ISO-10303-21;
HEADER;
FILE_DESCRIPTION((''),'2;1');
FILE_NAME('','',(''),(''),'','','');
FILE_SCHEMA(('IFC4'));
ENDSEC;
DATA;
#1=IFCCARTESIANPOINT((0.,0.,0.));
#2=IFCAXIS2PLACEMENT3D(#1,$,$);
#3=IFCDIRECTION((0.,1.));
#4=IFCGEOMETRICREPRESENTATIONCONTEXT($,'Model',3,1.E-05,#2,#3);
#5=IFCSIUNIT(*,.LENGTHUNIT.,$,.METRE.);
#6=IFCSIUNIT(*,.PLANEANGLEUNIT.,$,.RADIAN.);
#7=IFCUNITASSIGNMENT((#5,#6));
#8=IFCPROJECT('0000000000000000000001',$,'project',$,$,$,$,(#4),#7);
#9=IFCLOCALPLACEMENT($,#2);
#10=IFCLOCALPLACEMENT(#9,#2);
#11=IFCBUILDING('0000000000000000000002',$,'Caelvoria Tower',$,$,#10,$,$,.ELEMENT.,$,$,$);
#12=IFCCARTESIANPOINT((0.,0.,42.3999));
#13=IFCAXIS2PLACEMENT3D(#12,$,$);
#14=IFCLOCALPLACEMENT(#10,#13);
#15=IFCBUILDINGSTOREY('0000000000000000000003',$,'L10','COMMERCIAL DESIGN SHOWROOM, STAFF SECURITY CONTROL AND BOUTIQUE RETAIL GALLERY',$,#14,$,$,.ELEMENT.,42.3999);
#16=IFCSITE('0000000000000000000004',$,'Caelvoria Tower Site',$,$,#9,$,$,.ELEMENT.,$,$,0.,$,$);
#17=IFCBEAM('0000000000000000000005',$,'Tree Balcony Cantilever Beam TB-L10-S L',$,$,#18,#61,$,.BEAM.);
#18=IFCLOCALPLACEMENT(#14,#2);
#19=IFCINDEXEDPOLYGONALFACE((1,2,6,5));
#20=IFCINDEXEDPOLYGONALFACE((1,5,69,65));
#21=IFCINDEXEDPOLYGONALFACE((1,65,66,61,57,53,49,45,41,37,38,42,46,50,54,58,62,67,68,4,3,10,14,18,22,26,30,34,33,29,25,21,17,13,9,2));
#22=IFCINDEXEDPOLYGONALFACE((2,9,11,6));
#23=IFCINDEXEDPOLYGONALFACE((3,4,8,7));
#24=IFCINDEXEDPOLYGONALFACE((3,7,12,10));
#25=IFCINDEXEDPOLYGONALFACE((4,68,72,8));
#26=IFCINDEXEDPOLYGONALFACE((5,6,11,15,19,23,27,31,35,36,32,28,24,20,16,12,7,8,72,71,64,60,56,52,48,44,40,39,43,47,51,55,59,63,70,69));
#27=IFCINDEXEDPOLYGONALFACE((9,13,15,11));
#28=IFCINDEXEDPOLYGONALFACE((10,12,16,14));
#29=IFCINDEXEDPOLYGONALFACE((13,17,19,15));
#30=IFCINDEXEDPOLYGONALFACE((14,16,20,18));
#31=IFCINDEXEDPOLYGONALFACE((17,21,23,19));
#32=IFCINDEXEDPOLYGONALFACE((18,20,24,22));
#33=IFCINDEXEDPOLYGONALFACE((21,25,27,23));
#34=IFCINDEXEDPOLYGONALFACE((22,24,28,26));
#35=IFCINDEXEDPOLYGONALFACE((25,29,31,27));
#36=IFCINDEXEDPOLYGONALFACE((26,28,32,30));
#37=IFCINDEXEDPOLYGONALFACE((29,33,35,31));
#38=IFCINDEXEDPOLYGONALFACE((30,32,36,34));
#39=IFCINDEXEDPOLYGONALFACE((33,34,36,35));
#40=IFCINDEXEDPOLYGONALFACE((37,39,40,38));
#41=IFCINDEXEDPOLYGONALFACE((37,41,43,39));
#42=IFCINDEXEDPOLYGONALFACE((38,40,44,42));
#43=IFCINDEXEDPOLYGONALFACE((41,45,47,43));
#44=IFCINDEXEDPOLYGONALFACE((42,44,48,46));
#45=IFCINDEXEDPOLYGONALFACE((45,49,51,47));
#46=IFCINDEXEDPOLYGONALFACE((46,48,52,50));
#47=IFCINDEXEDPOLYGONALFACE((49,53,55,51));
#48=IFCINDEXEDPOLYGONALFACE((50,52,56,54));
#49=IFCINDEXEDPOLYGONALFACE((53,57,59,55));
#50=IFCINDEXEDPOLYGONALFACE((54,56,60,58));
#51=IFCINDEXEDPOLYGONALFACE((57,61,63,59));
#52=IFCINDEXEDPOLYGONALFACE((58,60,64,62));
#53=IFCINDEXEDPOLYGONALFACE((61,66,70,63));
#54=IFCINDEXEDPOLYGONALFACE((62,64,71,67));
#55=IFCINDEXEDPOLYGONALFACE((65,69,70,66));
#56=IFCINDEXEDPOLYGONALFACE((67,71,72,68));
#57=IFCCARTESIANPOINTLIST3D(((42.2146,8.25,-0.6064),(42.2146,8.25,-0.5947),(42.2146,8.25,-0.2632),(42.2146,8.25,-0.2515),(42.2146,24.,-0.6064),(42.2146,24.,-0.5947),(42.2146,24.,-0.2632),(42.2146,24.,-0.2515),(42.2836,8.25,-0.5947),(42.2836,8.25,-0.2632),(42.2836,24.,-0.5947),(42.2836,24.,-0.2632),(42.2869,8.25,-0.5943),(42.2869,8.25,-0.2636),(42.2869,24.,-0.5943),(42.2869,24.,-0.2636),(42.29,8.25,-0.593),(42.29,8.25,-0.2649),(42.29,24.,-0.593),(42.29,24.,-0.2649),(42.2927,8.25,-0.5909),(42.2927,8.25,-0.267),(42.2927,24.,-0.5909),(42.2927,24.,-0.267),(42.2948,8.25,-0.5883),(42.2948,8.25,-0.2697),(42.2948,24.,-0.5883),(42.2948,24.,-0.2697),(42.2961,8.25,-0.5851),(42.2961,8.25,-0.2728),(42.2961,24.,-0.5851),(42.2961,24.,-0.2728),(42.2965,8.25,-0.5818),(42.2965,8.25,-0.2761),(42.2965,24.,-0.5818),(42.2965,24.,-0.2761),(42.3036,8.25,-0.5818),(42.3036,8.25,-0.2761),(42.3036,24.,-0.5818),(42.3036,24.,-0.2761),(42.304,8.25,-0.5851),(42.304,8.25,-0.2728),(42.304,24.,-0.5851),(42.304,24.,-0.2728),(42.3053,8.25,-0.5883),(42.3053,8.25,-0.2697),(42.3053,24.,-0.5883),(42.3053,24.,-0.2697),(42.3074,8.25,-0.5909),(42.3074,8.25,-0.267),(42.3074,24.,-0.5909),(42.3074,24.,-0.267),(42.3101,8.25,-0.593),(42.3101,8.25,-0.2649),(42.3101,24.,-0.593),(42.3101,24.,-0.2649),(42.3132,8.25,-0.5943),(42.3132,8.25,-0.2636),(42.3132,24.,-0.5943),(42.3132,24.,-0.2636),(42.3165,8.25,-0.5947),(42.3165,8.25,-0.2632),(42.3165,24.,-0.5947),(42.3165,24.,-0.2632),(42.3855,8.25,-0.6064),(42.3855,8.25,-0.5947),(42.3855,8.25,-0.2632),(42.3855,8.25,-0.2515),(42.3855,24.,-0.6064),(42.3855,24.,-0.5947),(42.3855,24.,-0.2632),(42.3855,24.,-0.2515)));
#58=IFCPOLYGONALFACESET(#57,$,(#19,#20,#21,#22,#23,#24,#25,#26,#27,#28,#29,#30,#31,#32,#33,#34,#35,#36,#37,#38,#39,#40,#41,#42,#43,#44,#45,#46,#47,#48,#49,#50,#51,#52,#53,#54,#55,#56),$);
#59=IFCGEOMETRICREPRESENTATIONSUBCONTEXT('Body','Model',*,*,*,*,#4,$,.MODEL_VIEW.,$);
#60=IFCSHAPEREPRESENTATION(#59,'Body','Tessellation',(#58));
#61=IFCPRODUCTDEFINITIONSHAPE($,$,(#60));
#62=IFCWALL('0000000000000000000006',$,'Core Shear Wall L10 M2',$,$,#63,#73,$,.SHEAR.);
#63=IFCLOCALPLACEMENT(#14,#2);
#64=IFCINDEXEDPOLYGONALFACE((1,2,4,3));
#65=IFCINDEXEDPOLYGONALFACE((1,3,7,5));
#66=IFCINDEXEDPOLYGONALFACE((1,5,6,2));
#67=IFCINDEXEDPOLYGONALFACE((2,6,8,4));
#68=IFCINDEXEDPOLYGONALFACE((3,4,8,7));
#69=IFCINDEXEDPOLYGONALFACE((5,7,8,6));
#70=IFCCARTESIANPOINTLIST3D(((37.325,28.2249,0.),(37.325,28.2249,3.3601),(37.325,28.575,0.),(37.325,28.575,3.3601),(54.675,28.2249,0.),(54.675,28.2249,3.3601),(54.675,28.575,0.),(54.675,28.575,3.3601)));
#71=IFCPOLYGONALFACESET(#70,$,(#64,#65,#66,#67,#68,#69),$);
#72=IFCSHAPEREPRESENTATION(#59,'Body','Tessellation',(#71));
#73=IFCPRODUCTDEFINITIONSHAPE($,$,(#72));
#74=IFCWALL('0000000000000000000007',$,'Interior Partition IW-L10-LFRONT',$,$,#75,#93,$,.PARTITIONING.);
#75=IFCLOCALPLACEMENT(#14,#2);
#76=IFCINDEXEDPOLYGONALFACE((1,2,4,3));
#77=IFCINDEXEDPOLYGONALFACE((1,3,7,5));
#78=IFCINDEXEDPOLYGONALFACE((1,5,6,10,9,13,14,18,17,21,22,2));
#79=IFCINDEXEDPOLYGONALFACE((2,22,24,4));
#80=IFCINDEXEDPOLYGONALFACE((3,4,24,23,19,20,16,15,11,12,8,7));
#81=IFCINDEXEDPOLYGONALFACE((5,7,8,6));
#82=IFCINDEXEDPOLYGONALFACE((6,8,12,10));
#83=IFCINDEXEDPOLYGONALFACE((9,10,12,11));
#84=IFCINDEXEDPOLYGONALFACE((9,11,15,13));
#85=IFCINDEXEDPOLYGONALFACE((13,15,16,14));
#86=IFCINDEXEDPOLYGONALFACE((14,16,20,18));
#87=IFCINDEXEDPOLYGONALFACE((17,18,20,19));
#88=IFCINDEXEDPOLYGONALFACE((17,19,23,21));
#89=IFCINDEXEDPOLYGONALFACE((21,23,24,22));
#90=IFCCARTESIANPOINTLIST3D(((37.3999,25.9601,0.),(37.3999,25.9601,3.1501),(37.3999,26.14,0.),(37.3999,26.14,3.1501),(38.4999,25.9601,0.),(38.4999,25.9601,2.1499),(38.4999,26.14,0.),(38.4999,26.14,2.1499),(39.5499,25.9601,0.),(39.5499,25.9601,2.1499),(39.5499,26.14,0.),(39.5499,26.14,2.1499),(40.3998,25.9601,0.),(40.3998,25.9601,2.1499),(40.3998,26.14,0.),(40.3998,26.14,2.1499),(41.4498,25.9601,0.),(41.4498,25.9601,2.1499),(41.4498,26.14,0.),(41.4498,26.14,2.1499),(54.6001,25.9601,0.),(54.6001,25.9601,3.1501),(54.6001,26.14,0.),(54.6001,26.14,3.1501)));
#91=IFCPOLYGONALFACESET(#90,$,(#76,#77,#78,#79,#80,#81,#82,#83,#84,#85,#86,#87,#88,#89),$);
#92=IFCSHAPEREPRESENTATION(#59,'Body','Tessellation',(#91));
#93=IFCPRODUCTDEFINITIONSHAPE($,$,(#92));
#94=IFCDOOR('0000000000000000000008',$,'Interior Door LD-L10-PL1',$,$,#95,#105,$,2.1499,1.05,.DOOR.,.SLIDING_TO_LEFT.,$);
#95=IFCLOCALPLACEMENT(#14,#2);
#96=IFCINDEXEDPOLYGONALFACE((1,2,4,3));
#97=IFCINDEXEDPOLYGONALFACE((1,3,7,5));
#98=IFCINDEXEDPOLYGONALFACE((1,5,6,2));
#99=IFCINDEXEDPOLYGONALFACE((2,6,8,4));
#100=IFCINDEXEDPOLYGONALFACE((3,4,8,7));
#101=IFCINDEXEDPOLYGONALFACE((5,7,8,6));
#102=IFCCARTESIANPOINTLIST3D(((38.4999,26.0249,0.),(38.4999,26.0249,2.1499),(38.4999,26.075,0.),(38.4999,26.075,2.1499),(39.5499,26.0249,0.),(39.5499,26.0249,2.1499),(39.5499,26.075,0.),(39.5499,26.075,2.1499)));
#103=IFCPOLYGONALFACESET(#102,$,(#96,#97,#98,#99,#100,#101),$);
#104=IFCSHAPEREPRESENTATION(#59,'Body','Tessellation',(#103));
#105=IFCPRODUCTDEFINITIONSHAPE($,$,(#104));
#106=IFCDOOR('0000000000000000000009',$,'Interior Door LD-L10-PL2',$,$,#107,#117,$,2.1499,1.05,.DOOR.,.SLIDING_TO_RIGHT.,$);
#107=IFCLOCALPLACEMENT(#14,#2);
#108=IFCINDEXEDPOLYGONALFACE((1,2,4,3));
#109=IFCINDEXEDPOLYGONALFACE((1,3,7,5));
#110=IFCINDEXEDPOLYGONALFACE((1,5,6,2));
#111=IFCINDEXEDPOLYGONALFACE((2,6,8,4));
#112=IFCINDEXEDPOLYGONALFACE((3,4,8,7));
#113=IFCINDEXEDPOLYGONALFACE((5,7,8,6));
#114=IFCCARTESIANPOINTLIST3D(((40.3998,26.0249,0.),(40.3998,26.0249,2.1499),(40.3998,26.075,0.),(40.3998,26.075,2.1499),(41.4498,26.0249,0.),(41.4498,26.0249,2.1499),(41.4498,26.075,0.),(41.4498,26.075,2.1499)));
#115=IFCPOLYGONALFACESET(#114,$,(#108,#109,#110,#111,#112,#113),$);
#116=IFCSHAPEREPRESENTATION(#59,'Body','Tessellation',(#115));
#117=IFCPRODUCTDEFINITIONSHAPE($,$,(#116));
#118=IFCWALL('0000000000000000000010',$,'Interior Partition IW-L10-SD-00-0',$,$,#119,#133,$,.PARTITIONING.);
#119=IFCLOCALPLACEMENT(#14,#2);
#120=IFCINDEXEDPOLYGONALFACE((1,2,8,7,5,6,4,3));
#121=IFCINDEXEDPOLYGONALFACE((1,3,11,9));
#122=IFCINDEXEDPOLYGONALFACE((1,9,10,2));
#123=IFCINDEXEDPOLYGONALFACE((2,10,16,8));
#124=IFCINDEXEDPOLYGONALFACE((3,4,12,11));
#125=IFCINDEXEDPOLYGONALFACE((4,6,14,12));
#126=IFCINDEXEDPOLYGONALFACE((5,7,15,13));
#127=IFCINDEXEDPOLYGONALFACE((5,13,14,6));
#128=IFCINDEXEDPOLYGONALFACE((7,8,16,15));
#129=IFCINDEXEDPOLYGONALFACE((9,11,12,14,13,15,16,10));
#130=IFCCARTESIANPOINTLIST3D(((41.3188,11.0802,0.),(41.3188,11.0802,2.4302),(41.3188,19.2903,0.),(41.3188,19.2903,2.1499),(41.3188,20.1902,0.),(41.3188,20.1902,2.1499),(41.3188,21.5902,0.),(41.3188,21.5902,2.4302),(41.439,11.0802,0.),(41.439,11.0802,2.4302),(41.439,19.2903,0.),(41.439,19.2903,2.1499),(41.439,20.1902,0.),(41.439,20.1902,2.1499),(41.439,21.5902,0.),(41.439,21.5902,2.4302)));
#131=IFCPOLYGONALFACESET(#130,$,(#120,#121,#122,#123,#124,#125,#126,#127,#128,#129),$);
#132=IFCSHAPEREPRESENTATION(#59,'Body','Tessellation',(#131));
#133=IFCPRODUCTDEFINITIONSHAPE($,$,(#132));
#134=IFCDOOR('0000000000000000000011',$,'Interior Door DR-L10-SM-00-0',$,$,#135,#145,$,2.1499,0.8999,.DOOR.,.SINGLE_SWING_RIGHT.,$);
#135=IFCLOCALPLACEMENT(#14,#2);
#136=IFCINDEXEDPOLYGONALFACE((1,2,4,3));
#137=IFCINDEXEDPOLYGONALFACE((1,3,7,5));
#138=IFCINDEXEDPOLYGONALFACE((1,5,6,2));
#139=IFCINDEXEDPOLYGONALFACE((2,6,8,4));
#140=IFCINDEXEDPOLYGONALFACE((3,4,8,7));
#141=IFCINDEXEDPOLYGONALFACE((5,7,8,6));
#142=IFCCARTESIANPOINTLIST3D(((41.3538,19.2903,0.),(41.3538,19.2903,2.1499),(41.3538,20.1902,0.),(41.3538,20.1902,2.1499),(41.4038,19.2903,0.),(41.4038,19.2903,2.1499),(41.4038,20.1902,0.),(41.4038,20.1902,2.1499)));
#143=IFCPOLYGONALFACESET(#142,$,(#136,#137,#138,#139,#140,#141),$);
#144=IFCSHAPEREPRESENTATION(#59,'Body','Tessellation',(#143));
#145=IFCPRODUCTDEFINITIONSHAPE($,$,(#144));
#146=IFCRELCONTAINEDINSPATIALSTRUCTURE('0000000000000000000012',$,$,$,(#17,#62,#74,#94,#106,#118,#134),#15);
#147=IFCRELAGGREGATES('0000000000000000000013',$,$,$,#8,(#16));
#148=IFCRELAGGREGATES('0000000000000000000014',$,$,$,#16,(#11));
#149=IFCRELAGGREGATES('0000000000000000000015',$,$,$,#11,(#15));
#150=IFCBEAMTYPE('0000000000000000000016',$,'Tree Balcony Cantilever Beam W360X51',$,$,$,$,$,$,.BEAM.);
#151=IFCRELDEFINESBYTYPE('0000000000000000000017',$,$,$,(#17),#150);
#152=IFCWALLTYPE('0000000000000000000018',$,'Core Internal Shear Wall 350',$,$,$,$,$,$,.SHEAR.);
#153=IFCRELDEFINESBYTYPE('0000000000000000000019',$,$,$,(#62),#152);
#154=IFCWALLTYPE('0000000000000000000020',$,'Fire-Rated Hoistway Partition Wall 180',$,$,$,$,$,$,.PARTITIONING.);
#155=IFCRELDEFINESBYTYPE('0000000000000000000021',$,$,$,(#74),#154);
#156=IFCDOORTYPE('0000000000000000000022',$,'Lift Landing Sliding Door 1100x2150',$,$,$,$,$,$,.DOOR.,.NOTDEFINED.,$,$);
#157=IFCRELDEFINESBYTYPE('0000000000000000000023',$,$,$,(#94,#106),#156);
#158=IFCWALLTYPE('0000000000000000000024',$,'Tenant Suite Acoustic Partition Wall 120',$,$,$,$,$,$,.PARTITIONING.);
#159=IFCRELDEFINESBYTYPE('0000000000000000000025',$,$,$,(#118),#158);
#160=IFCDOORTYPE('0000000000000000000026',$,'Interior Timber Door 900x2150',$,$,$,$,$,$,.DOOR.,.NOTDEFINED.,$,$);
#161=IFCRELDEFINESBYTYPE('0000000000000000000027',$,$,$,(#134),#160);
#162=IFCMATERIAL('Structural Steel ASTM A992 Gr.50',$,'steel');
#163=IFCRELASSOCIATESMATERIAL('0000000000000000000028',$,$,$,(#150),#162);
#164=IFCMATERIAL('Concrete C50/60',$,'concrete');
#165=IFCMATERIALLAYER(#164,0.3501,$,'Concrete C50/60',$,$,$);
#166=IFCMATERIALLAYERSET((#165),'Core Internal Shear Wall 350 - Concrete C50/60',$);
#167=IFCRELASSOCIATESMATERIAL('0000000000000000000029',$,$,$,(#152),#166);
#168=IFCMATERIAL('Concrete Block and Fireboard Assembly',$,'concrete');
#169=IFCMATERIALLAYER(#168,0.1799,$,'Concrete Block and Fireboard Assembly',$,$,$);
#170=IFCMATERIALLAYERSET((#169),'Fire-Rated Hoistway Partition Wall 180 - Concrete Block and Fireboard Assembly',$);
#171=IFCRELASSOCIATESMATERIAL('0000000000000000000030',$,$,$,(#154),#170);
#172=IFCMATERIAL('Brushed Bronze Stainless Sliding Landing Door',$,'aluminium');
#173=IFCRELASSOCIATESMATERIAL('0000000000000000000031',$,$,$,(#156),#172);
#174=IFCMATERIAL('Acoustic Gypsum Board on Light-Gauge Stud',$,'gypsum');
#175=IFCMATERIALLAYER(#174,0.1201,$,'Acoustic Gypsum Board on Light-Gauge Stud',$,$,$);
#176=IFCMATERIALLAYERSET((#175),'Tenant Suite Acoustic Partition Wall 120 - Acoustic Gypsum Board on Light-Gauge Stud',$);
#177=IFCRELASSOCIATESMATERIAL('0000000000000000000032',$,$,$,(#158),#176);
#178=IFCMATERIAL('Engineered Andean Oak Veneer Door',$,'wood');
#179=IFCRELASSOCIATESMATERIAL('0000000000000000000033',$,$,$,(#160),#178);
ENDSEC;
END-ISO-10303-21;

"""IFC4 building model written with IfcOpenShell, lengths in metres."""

from ifc_helpers import new_model, si_unit, direction, frame, frame_2d, origin, origin_2d, place, context, subcontext, project, spatial, rectangle, i_section, extrude, material, layer, layer_set, material_profile, profile_set, type_object, element, fill, save


model = new_model("IFC4")

# Units and contexts
model_context = context("Model", 3, precision=1e-05, world=origin(), true_north=direction((0.0, 1.0)))
body_context = subcontext(model_context, "Body", "Model", "MODEL_VIEW")
ifc_project = project(units=[si_unit("LENGTHUNIT", "METRE"), si_unit("PLANEANGLEUNIT", "RADIAN")], contexts=[model_context])

# Site, building, storey
site_placement = place(None, origin())
site = spatial("IfcSite", under=ifc_project, at=site_placement, Name="Caelvoria Tower Site", CompositionType="ELEMENT", RefElevation=0.0)
building_placement = place(site_placement, origin())
building = spatial("IfcBuilding", under=site, at=building_placement, Name="Caelvoria Tower", CompositionType="ELEMENT")
storey_placement = place(building_placement, frame((0.0, 0.0, 42.3999)))
storey = spatial("IfcBuildingStorey", under=building, at=storey_placement, Name="L10", Description="COMMERCIAL DESIGN SHOWROOM, STAFF SECURITY CONTROL AND BOUTIQUE RETAIL GALLERY", CompositionType="ELEMENT", Elevation=42.3999)

# Beam
ifc_material_1 = material(Name="Structural Steel ASTM A992 Gr.50", Category="steel")
ifc_material_profile_1 = material_profile(ifc_material_1, i_section(OverallWidth=0.1709, OverallDepth=0.355, WebThickness=0.0071, FlangeThickness=0.0117, FilletRadius=0.0129, at=origin_2d()), Name="Structural Steel ASTM A992 Gr.50")
ifc_profile_set_1 = profile_set([ifc_material_profile_1], Name="W360X51 - Structural Steel ASTM A992 Gr.50")
beam_type_1 = type_object("IfcBeamType", Name="Tree Balcony Cantilever Beam W360X51", PredefinedType="BEAM", material=ifc_profile_set_1)
beam_1_placement = place(storey_placement, frame((42.3, 24.0, -0.429), z_axis=(0.0, -1.0, 0.0), x_axis=(1.0, 0.0, 0.0)))
element("IfcBeam", 1, at=beam_1_placement, inside=storey, type_object=beam_type_1, Name="Tree Balcony Cantilever Beam TB-L10-S L", PredefinedType="BEAM", context=body_context, shape_type="SweptSolid", body=[
    extrude(i_section(OverallWidth=0.1709, OverallDepth=0.355, WebThickness=0.0071, FlangeThickness=0.0117, FilletRadius=0.0129, at=origin_2d()), origin(), (0.0, 0.0, 1.0), 15.75),
])

# Wall
ifc_material_2 = material(Name="Concrete C50/60", Category="concrete")
ifc_layer_1 = layer(ifc_material_2, 0.3501, Name="Concrete C50/60")
ifc_layer_set_1 = layer_set([ifc_layer_1], Name="Core Internal Shear Wall 350 - Concrete C50/60")
wall_type_1 = type_object("IfcWallType", Name="Core Internal Shear Wall 350", PredefinedType="SHEAR", material=ifc_layer_set_1)
wall_1_placement = place(storey_placement, frame((37.325, 28.3999, 0.0), z_axis=(0.0, 0.0, 1.0), x_axis=(1.0, 0.0, 0.0)))
element("IfcWall", 2, at=wall_1_placement, inside=storey, type_object=wall_type_1, Name="Core Shear Wall L10 M2", PredefinedType="SHEAR", context=body_context, shape_type="SweptSolid", body=[
    extrude(rectangle(XDim=17.3501, YDim=0.3501, at=frame_2d((8.675, 0.0))), origin(), (0.0, 0.0, 1.0), 3.3601),
])

# Wall, openings, doors
ifc_material_3 = material(Name="Concrete Block and Fireboard Assembly", Category="concrete")
ifc_layer_2 = layer(ifc_material_3, 0.1799, Name="Concrete Block and Fireboard Assembly")
ifc_layer_set_2 = layer_set([ifc_layer_2], Name="Fire-Rated Hoistway Partition Wall 180 - Concrete Block and Fireboard Assembly")
wall_type_2 = type_object("IfcWallType", Name="Fire-Rated Hoistway Partition Wall 180", PredefinedType="PARTITIONING", material=ifc_layer_set_2)
wall_2_placement = place(storey_placement, frame((37.3999, 26.05, 0.0), z_axis=(0.0, 0.0, 1.0), x_axis=(1.0, 0.0, 0.0)))
wall_2 = element("IfcWall", 3, at=wall_2_placement, inside=storey, type_object=wall_type_2, Name="Interior Partition IW-L10-LFRONT", PredefinedType="PARTITIONING", context=body_context, shape_type="SweptSolid", body=[
    extrude(rectangle(XDim=17.2002, YDim=0.1799, at=frame_2d((8.6001, 0.0))), origin(), (0.0, 0.0, 1.0), 3.1501),
])
opening_1_placement = place(wall_2_placement, frame((1.1001, 0.0, 0.0)))
opening_1 = element("IfcOpeningElement", 4, at=opening_1_placement, cuts=wall_2, PredefinedType="OPENING", context=body_context, shape_type="SweptSolid", body=[
    extrude(rectangle(XDim=1.05, YDim=2.1499, at=frame_2d((0.5249, 1.075))), frame((0.0, 0.0999, 0.0), z_axis=(0.0, -1.0, 0.0), x_axis=(1.0, 0.0, 0.0)), (0.0, 0.0, 1.0), 0.2),
])
opening_2_placement = place(wall_2_placement, frame((3.0, 0.0, 0.0)))
opening_2 = element("IfcOpeningElement", 5, at=opening_2_placement, cuts=wall_2, PredefinedType="OPENING", context=body_context, shape_type="SweptSolid", body=[
    extrude(rectangle(XDim=1.05, YDim=2.1499, at=frame_2d((0.5249, 1.075))), frame((0.0, 0.0999, 0.0), z_axis=(0.0, -1.0, 0.0), x_axis=(1.0, 0.0, 0.0)), (0.0, 0.0, 1.0), 0.2),
])
ifc_material_4 = material(Name="Brushed Bronze Stainless Sliding Landing Door", Category="aluminium")
door_type_1 = type_object("IfcDoorType", Name="Lift Landing Sliding Door 1100x2150", OperationType="NOTDEFINED", PredefinedType="DOOR", material=ifc_material_4)
door_1_placement = place(opening_1_placement, origin())
door_1 = element("IfcDoor", 6, at=door_1_placement, inside=storey, type_object=door_type_1, Name="Interior Door LD-L10-PL1", OperationType="SLIDING_TO_LEFT", OverallHeight=2.1499, OverallWidth=1.05, PredefinedType="DOOR", context=body_context, shape_type="SweptSolid", body=[
    extrude(rectangle(XDim=1.05, YDim=2.1499, at=frame_2d((0.5249, 1.075))), frame((0.0, 0.0249, 0.0), z_axis=(0.0, -1.0, 0.0), x_axis=(1.0, 0.0, 0.0)), (0.0, 0.0, 1.0), 0.05),
])
fill(opening_1, door_1)
door_2_placement = place(opening_2_placement, origin())
door_2 = element("IfcDoor", 7, at=door_2_placement, inside=storey, type_object=door_type_1, Name="Interior Door LD-L10-PL2", OperationType="SLIDING_TO_RIGHT", OverallHeight=2.1499, OverallWidth=1.05, PredefinedType="DOOR", context=body_context, shape_type="SweptSolid", body=[
    extrude(rectangle(XDim=1.05, YDim=2.1499, at=frame_2d((0.5249, 1.075))), frame((0.0, 0.0249, 0.0), z_axis=(0.0, -1.0, 0.0), x_axis=(1.0, 0.0, 0.0)), (0.0, 0.0, 1.0), 0.05),
])
fill(opening_2, door_2)

# Wall, opening, door
ifc_material_5 = material(Name="Acoustic Gypsum Board on Light-Gauge Stud", Category="gypsum")
ifc_layer_3 = layer(ifc_material_5, 0.1201, Name="Acoustic Gypsum Board on Light-Gauge Stud")
ifc_layer_set_3 = layer_set([ifc_layer_3], Name="Tenant Suite Acoustic Partition Wall 120 - Acoustic Gypsum Board on Light-Gauge Stud")
wall_type_3 = type_object("IfcWallType", Name="Tenant Suite Acoustic Partition Wall 120", PredefinedType="PARTITIONING", material=ifc_layer_set_3)
wall_3_placement = place(storey_placement, frame((41.3789, 21.5901, 0.0), z_axis=(0.0, 0.0, 1.0), x_axis=(0.0, -1.0, 0.0)))
wall_3 = element("IfcWall", 8, at=wall_3_placement, inside=storey, type_object=wall_type_3, Name="Interior Partition IW-L10-SD-00-0", PredefinedType="PARTITIONING", context=body_context, shape_type="SweptSolid", body=[
    extrude(rectangle(XDim=10.51, YDim=0.1201, at=frame_2d((5.2549, 0.0))), origin(), (0.0, 0.0, 1.0), 2.4302),
])
opening_3_placement = place(wall_3_placement, frame((1.3999, 0.0, 0.0)))
opening_3 = element("IfcOpeningElement", 9, at=opening_3_placement, cuts=wall_3, PredefinedType="OPENING", context=body_context, shape_type="SweptSolid", body=[
    extrude(rectangle(XDim=0.8999, YDim=2.1499, at=frame_2d((0.45, 1.075))), frame((0.0, 0.0701, 0.0), z_axis=(0.0, -1.0, 0.0), x_axis=(1.0, 0.0, 0.0)), (0.0, 0.0, 1.0), 0.1401),
])
ifc_material_6 = material(Name="Engineered Andean Oak Veneer Door", Category="wood")
door_type_2 = type_object("IfcDoorType", Name="Interior Timber Door 900x2150", OperationType="NOTDEFINED", PredefinedType="DOOR", material=ifc_material_6)
door_3_placement = place(opening_3_placement, origin())
door_3 = element("IfcDoor", 10, at=door_3_placement, inside=storey, type_object=door_type_2, Name="Interior Door DR-L10-SM-00-0", OperationType="SINGLE_SWING_RIGHT", OverallHeight=2.1499, OverallWidth=0.8999, PredefinedType="DOOR", context=body_context, shape_type="SweptSolid", body=[
    extrude(rectangle(XDim=0.8999, YDim=2.1499, at=frame_2d((0.45, 1.075))), frame((0.0, 0.0249, 0.0), z_axis=(0.0, -1.0, 0.0), x_axis=(1.0, 0.0, 0.0)), (0.0, 0.0, 1.0), 0.05),
])
fill(opening_3, door_3)

save(model, "model.ifc")
